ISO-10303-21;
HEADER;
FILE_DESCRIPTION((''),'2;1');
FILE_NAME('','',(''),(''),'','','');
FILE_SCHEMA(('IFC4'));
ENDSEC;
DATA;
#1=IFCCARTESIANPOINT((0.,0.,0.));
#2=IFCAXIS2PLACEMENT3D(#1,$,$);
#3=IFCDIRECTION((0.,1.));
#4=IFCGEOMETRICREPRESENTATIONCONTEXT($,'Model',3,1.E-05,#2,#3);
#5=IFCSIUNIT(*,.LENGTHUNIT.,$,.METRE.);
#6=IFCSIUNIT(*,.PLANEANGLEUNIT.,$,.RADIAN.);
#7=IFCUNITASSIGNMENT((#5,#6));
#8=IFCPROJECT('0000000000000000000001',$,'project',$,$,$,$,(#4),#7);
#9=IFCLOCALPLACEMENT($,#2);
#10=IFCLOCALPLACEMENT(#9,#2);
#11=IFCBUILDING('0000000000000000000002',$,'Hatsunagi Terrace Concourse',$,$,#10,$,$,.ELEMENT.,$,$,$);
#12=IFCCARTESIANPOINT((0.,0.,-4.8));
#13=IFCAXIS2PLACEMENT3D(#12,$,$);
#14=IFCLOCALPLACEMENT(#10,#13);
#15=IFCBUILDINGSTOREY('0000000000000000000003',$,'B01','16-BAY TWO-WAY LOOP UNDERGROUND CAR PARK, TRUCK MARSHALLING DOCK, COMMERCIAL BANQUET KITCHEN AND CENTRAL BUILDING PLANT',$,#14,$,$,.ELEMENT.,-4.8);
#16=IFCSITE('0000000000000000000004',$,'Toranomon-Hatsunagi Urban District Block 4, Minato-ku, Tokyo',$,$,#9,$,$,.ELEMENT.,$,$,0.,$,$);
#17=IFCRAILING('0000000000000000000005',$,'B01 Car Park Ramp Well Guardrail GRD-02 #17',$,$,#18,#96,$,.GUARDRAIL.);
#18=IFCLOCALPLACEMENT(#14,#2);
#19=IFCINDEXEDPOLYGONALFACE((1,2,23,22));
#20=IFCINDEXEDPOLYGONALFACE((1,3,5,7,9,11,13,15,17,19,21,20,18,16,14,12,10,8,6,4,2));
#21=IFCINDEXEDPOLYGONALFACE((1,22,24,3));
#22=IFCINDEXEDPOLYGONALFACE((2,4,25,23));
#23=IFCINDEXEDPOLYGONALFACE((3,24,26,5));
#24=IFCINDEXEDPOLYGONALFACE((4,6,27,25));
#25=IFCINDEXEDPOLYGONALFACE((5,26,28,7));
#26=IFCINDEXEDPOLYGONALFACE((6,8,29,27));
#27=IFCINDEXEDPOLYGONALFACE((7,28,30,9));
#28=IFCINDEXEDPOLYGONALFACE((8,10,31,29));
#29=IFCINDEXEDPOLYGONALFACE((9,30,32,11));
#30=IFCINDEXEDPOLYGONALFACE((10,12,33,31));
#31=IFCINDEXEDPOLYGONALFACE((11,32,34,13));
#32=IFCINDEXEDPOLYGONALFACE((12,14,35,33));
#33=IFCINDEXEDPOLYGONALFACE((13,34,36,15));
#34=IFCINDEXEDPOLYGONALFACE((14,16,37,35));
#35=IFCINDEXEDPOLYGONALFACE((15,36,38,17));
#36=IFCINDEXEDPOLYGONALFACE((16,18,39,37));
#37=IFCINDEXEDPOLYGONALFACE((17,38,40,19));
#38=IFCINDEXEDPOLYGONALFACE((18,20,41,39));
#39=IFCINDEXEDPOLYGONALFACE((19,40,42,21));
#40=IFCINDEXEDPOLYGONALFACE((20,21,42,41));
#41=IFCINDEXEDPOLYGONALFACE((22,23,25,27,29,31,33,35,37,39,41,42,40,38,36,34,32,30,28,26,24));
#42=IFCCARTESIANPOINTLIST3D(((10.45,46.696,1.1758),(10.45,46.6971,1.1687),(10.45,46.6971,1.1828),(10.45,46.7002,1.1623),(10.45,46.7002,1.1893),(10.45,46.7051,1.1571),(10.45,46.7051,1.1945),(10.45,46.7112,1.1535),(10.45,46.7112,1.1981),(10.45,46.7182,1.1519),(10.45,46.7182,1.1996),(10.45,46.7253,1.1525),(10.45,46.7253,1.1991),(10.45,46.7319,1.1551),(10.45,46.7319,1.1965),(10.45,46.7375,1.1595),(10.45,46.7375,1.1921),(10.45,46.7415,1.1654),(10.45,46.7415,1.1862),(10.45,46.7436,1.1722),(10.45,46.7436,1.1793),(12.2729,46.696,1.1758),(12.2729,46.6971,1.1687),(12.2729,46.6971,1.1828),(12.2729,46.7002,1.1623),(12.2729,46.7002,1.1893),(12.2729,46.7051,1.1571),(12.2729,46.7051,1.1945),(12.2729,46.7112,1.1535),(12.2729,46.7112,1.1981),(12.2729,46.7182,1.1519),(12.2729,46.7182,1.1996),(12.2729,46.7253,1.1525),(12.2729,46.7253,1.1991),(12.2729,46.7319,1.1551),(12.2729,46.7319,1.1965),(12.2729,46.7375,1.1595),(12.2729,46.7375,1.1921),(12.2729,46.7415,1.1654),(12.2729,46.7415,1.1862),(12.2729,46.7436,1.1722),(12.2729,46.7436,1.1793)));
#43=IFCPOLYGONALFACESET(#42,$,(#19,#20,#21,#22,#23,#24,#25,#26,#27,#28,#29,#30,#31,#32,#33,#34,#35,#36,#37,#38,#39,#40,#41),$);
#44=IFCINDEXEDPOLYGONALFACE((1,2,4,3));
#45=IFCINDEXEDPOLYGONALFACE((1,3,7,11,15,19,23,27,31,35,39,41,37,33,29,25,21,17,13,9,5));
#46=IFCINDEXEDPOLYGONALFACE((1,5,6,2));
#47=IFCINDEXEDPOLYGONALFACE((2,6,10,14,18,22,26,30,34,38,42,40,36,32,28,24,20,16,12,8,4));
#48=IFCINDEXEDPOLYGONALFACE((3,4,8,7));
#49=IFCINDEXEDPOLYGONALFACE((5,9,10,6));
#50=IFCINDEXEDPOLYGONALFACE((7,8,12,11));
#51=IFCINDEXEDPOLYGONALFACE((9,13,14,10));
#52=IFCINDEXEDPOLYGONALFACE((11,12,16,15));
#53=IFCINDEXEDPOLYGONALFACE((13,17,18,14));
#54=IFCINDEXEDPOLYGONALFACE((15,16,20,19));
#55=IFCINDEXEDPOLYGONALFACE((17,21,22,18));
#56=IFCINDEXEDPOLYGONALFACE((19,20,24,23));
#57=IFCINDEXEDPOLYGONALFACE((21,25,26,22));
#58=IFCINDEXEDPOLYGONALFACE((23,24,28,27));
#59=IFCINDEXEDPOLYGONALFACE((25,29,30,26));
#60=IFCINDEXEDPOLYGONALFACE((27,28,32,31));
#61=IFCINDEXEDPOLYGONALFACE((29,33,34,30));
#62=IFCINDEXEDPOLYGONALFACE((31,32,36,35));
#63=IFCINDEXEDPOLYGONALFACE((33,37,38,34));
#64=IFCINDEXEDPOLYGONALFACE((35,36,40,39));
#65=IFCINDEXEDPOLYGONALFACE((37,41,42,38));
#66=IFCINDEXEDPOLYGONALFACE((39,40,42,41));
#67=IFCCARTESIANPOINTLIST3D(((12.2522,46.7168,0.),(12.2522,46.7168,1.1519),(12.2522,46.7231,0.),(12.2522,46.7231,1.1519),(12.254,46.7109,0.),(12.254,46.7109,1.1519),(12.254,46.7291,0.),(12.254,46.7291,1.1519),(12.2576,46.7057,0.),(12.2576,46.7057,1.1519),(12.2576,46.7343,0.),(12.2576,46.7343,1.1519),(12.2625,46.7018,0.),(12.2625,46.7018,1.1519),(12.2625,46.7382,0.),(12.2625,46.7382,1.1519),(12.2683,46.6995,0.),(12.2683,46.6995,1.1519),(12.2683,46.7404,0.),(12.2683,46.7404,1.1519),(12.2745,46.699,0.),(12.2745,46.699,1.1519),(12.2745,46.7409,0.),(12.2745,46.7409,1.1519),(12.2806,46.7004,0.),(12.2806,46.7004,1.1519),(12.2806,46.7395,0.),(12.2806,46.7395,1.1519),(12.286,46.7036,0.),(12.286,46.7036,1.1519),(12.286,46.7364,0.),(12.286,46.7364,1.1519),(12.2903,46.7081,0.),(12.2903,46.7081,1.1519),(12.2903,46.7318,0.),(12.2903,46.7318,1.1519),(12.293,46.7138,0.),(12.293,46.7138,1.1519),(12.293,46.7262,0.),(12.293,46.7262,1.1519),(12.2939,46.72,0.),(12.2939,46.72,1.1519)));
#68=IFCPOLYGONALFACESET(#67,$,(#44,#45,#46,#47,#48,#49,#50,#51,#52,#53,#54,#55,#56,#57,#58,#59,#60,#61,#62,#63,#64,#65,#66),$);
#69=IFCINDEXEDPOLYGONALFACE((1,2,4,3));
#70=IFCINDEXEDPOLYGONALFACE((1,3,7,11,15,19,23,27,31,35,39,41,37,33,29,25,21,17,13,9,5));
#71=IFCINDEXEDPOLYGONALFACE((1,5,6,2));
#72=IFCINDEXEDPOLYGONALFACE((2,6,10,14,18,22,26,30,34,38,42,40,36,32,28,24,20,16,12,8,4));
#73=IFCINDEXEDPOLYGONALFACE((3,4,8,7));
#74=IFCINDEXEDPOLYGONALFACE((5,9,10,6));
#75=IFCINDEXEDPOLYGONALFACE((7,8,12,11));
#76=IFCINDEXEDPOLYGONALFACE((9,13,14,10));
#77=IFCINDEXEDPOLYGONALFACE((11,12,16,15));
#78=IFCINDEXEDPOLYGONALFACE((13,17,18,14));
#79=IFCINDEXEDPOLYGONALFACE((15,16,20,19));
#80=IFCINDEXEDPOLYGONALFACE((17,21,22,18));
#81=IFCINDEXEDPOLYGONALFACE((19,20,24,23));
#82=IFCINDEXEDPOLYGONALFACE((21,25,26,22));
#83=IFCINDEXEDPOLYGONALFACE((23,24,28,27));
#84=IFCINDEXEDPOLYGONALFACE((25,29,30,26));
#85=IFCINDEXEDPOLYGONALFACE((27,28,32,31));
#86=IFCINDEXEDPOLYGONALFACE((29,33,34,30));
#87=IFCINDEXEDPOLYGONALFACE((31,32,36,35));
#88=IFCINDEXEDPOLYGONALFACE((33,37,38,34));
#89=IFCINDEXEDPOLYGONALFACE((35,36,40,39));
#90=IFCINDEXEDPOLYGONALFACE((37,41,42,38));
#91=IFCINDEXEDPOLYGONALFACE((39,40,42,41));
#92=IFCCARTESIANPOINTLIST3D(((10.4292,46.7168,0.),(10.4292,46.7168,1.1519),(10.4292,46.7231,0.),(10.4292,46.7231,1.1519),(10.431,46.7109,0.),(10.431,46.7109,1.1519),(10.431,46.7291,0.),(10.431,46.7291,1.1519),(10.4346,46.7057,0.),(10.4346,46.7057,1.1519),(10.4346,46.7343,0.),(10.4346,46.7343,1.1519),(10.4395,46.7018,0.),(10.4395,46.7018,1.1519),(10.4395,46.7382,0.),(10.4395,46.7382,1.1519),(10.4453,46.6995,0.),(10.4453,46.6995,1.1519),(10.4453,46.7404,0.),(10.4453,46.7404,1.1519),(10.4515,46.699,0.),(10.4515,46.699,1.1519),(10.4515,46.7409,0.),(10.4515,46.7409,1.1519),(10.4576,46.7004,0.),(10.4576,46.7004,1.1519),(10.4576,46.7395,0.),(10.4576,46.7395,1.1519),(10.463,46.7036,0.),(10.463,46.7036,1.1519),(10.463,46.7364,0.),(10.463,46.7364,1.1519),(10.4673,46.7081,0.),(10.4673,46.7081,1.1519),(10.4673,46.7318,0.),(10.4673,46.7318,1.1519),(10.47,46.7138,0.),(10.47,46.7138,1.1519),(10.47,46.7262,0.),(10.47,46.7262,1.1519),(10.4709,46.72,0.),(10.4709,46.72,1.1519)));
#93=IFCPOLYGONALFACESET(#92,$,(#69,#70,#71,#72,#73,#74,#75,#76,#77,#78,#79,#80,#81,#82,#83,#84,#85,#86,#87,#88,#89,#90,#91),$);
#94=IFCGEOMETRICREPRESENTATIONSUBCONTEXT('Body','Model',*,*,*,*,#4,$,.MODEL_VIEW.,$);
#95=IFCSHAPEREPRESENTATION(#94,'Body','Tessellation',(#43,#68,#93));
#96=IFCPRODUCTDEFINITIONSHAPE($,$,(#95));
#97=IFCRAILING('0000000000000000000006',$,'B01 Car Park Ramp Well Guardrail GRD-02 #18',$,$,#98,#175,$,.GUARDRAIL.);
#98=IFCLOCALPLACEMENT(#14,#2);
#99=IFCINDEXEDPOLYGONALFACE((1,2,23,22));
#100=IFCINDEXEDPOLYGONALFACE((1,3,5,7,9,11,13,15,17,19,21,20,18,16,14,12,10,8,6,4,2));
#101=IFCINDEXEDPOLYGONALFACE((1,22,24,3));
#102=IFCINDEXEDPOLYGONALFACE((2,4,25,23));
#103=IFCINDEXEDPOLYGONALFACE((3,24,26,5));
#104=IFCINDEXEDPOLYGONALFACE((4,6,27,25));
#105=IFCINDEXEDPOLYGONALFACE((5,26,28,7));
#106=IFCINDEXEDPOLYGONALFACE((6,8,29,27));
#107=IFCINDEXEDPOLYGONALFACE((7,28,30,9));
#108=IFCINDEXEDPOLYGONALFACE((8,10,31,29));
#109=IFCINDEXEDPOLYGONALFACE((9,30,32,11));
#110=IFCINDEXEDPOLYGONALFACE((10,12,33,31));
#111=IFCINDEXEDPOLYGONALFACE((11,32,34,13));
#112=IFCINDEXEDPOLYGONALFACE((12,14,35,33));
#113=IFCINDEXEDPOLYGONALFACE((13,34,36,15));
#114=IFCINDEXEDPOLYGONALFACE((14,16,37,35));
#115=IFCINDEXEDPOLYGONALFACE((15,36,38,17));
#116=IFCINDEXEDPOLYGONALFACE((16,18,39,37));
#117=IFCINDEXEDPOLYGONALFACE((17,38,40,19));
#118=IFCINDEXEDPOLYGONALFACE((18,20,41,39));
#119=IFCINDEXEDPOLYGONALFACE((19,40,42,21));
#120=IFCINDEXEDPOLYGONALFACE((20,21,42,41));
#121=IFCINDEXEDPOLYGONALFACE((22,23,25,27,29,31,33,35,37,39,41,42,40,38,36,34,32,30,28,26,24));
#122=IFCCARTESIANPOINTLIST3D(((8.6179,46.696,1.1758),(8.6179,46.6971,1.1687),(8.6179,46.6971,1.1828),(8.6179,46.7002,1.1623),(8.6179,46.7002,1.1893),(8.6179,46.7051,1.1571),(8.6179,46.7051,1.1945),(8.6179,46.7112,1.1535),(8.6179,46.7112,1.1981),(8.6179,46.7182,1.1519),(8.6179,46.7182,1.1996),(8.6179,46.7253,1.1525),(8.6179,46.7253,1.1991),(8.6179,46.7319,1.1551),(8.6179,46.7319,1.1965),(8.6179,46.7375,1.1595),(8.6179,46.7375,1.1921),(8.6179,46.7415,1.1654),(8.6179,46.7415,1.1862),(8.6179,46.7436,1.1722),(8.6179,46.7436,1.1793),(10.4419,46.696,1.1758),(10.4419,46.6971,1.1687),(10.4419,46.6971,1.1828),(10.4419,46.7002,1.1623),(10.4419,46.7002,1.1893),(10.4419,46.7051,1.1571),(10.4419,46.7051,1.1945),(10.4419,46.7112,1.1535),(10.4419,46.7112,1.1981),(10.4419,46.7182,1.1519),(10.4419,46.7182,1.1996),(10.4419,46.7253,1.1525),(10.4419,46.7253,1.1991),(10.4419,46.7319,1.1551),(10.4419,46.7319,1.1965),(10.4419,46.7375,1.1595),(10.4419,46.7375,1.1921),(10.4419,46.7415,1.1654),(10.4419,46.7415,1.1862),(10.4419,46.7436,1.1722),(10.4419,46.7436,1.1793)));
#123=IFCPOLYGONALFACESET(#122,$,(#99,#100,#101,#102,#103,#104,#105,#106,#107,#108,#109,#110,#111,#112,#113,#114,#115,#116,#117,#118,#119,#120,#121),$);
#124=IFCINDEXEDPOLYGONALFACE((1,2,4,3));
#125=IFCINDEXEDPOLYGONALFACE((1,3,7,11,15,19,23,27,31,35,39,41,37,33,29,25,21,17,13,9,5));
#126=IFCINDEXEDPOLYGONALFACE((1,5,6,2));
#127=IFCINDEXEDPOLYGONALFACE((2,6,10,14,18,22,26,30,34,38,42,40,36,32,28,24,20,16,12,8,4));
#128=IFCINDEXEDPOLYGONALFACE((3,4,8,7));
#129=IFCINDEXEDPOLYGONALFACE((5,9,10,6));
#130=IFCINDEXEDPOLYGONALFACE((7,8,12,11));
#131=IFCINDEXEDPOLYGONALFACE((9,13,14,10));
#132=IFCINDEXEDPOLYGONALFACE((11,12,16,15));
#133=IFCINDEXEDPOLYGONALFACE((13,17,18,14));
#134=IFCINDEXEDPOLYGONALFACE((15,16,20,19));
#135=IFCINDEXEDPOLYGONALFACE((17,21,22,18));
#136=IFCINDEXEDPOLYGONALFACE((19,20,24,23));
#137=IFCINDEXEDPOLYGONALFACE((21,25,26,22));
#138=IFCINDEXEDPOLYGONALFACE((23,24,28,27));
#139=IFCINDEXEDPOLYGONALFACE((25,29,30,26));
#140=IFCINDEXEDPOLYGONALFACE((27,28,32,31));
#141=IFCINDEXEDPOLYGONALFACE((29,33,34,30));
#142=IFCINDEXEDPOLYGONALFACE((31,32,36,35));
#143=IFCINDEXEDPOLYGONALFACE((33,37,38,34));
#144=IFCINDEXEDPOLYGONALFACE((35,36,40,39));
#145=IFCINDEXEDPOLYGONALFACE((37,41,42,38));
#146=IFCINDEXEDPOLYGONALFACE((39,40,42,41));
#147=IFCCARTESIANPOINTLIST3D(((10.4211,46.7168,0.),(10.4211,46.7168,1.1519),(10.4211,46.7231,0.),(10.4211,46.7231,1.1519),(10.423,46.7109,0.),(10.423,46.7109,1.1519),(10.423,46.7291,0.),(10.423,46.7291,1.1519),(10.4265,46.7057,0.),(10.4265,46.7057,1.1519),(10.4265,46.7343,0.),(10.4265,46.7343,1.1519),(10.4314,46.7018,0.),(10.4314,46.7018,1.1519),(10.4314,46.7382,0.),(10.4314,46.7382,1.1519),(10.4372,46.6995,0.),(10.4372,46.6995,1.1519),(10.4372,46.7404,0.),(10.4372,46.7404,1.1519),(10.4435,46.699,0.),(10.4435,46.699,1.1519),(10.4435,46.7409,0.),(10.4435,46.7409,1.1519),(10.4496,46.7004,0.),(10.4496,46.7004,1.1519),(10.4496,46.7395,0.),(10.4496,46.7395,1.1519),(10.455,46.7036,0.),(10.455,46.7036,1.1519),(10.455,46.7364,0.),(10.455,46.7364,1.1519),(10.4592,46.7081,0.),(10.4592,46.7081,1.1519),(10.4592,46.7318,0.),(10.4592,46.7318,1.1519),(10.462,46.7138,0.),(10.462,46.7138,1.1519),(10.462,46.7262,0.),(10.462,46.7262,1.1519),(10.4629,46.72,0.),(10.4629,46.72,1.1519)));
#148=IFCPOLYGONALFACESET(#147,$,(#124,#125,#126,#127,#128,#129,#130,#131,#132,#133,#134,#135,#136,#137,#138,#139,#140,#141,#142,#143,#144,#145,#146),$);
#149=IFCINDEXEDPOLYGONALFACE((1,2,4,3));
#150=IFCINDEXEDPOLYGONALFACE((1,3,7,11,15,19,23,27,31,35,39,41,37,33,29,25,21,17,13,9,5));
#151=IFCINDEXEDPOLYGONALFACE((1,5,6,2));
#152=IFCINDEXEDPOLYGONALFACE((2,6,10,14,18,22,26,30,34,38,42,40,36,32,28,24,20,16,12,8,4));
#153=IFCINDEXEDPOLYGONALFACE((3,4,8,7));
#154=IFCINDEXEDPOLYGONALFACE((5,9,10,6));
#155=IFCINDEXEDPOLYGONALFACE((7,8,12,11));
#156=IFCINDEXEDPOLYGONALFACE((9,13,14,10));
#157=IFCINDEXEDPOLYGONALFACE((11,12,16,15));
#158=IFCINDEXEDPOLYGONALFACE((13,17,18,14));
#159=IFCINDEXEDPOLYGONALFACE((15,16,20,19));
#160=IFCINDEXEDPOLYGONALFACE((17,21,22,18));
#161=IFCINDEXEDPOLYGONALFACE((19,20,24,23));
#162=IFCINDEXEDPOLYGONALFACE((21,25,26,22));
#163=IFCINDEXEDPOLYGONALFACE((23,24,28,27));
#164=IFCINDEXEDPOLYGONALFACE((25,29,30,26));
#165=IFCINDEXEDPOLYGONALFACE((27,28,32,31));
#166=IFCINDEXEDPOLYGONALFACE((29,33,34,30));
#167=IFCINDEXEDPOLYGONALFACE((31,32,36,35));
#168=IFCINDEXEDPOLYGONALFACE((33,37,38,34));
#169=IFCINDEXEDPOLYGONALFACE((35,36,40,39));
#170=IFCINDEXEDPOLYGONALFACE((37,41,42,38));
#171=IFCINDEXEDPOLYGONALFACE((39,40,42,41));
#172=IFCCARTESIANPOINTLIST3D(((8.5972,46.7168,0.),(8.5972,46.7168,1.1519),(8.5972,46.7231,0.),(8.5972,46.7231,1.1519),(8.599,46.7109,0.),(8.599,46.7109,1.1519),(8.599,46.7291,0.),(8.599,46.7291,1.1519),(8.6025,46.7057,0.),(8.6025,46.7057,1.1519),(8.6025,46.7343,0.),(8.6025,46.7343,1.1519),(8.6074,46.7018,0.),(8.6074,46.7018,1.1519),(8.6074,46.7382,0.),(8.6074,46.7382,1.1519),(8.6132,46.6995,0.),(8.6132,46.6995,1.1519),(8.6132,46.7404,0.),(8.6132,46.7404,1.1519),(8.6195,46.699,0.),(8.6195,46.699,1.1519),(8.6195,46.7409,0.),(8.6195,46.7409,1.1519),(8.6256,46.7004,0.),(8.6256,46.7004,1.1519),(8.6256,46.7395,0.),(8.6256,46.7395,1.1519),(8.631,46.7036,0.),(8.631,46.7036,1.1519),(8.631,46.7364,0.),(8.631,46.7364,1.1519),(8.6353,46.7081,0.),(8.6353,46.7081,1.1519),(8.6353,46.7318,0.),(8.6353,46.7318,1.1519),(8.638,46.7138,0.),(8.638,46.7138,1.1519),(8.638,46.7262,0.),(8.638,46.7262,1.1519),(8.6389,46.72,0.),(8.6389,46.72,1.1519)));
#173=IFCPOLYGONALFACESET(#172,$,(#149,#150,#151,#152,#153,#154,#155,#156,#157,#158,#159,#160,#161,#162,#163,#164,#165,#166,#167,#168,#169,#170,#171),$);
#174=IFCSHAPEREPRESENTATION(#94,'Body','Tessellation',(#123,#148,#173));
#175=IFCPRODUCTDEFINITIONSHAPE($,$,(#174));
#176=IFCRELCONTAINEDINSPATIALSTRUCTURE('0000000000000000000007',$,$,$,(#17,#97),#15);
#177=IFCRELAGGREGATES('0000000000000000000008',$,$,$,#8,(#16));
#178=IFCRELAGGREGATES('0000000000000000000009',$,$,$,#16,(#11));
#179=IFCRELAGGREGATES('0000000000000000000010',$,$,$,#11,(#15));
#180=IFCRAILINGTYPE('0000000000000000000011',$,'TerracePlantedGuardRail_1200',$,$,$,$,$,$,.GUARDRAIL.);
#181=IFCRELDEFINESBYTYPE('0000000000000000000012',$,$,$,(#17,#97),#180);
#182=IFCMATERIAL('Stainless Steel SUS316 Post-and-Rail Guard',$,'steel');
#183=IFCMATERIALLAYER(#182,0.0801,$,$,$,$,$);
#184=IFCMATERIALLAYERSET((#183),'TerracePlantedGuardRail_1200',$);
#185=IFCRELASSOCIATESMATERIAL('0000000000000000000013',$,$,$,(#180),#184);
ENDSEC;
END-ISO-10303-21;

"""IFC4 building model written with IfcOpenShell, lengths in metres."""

from ifc_helpers import new_model, si_unit, direction, frame, origin, origin_2d, place, context, subcontext, project, spatial, circle, extrude, material, layer, layer_set, type_object, element, save


model = new_model("IFC4")

# Units and contexts
model_context = context("Model", 3, precision=1e-05, world=origin(), true_north=direction((0.0, 1.0)))
body_context = subcontext(model_context, "Body", "Model", "MODEL_VIEW")
ifc_project = project(units=[si_unit("LENGTHUNIT", "METRE"), si_unit("PLANEANGLEUNIT", "RADIAN")], contexts=[model_context])

# Site, building, storey
site_placement = place(None, origin())
site = spatial("IfcSite", under=ifc_project, at=site_placement, Name="Toranomon-Hatsunagi Urban District Block 4, Minato-ku, Tokyo", CompositionType="ELEMENT", RefElevation=0.0)
building_placement = place(site_placement, origin())
building = spatial("IfcBuilding", under=site, at=building_placement, Name="Hatsunagi Terrace Concourse", CompositionType="ELEMENT")
storey_placement = place(building_placement, frame((0.0, 0.0, -4.8)))
storey = spatial("IfcBuildingStorey", under=building, at=storey_placement, Name="B01", Description="16-BAY TWO-WAY LOOP UNDERGROUND CAR PARK, TRUCK MARSHALLING DOCK, COMMERCIAL BANQUET KITCHEN AND CENTRAL BUILDING PLANT", CompositionType="ELEMENT", Elevation=-4.8)

# Railings
ifc_material_1 = material(Name="Stainless Steel SUS316 Post-and-Rail Guard", Category="steel")
ifc_layer_1 = layer(ifc_material_1, 0.0801)
ifc_layer_set_1 = layer_set([ifc_layer_1], Name="TerracePlantedGuardRail_1200")
railing_type = type_object("IfcRailingType", Name="TerracePlantedGuardRail_1200", PredefinedType="GUARDRAIL", material=ifc_layer_set_1)
railing_1_placement = place(storey_placement, frame((12.2729, 46.72, 0.0)))
element("IfcRailing", 1, at=railing_1_placement, inside=storey, type_object=railing_type, Name="B01 Car Park Ramp Well Guardrail GRD-02 #17", PredefinedType="GUARDRAIL", context=body_context, shape_type="SweptSolid", body=[
    extrude(circle(Radius=0.0239, at=origin_2d()), frame((0.0, 0.0, 1.1758), z_axis=(-1.0, 0.0, 0.0), x_axis=(0.0, -1.0, 0.0)), (0.0, 0.0, 1.0), 1.823),
    extrude(circle(Radius=0.021, at=origin_2d()), origin(), (0.0, 0.0, 1.0), 1.1519),
    extrude(circle(Radius=0.021, at=origin_2d()), frame((-1.823, 0.0, 0.0)), (0.0, 0.0, 1.0), 1.1519),
])
railing_2_placement = place(storey_placement, frame((10.4419, 46.72, 0.0)))
element("IfcRailing", 2, at=railing_2_placement, inside=storey, type_object=railing_type, Name="B01 Car Park Ramp Well Guardrail GRD-02 #18", PredefinedType="GUARDRAIL", context=body_context, shape_type="SweptSolid", body=[
    extrude(circle(Radius=0.0239, at=origin_2d()), frame((0.0, 0.0, 1.1758), z_axis=(-1.0, 0.0, 0.0), x_axis=(0.0, -1.0, 0.0)), (0.0, 0.0, 1.0), 1.824),
    extrude(circle(Radius=0.021, at=origin_2d()), origin(), (0.0, 0.0, 1.0), 1.1519),
    extrude(circle(Radius=0.021, at=origin_2d()), frame((-1.824, 0.0, 0.0)), (0.0, 0.0, 1.0), 1.1519),
])

save(model, "model.ifc")
